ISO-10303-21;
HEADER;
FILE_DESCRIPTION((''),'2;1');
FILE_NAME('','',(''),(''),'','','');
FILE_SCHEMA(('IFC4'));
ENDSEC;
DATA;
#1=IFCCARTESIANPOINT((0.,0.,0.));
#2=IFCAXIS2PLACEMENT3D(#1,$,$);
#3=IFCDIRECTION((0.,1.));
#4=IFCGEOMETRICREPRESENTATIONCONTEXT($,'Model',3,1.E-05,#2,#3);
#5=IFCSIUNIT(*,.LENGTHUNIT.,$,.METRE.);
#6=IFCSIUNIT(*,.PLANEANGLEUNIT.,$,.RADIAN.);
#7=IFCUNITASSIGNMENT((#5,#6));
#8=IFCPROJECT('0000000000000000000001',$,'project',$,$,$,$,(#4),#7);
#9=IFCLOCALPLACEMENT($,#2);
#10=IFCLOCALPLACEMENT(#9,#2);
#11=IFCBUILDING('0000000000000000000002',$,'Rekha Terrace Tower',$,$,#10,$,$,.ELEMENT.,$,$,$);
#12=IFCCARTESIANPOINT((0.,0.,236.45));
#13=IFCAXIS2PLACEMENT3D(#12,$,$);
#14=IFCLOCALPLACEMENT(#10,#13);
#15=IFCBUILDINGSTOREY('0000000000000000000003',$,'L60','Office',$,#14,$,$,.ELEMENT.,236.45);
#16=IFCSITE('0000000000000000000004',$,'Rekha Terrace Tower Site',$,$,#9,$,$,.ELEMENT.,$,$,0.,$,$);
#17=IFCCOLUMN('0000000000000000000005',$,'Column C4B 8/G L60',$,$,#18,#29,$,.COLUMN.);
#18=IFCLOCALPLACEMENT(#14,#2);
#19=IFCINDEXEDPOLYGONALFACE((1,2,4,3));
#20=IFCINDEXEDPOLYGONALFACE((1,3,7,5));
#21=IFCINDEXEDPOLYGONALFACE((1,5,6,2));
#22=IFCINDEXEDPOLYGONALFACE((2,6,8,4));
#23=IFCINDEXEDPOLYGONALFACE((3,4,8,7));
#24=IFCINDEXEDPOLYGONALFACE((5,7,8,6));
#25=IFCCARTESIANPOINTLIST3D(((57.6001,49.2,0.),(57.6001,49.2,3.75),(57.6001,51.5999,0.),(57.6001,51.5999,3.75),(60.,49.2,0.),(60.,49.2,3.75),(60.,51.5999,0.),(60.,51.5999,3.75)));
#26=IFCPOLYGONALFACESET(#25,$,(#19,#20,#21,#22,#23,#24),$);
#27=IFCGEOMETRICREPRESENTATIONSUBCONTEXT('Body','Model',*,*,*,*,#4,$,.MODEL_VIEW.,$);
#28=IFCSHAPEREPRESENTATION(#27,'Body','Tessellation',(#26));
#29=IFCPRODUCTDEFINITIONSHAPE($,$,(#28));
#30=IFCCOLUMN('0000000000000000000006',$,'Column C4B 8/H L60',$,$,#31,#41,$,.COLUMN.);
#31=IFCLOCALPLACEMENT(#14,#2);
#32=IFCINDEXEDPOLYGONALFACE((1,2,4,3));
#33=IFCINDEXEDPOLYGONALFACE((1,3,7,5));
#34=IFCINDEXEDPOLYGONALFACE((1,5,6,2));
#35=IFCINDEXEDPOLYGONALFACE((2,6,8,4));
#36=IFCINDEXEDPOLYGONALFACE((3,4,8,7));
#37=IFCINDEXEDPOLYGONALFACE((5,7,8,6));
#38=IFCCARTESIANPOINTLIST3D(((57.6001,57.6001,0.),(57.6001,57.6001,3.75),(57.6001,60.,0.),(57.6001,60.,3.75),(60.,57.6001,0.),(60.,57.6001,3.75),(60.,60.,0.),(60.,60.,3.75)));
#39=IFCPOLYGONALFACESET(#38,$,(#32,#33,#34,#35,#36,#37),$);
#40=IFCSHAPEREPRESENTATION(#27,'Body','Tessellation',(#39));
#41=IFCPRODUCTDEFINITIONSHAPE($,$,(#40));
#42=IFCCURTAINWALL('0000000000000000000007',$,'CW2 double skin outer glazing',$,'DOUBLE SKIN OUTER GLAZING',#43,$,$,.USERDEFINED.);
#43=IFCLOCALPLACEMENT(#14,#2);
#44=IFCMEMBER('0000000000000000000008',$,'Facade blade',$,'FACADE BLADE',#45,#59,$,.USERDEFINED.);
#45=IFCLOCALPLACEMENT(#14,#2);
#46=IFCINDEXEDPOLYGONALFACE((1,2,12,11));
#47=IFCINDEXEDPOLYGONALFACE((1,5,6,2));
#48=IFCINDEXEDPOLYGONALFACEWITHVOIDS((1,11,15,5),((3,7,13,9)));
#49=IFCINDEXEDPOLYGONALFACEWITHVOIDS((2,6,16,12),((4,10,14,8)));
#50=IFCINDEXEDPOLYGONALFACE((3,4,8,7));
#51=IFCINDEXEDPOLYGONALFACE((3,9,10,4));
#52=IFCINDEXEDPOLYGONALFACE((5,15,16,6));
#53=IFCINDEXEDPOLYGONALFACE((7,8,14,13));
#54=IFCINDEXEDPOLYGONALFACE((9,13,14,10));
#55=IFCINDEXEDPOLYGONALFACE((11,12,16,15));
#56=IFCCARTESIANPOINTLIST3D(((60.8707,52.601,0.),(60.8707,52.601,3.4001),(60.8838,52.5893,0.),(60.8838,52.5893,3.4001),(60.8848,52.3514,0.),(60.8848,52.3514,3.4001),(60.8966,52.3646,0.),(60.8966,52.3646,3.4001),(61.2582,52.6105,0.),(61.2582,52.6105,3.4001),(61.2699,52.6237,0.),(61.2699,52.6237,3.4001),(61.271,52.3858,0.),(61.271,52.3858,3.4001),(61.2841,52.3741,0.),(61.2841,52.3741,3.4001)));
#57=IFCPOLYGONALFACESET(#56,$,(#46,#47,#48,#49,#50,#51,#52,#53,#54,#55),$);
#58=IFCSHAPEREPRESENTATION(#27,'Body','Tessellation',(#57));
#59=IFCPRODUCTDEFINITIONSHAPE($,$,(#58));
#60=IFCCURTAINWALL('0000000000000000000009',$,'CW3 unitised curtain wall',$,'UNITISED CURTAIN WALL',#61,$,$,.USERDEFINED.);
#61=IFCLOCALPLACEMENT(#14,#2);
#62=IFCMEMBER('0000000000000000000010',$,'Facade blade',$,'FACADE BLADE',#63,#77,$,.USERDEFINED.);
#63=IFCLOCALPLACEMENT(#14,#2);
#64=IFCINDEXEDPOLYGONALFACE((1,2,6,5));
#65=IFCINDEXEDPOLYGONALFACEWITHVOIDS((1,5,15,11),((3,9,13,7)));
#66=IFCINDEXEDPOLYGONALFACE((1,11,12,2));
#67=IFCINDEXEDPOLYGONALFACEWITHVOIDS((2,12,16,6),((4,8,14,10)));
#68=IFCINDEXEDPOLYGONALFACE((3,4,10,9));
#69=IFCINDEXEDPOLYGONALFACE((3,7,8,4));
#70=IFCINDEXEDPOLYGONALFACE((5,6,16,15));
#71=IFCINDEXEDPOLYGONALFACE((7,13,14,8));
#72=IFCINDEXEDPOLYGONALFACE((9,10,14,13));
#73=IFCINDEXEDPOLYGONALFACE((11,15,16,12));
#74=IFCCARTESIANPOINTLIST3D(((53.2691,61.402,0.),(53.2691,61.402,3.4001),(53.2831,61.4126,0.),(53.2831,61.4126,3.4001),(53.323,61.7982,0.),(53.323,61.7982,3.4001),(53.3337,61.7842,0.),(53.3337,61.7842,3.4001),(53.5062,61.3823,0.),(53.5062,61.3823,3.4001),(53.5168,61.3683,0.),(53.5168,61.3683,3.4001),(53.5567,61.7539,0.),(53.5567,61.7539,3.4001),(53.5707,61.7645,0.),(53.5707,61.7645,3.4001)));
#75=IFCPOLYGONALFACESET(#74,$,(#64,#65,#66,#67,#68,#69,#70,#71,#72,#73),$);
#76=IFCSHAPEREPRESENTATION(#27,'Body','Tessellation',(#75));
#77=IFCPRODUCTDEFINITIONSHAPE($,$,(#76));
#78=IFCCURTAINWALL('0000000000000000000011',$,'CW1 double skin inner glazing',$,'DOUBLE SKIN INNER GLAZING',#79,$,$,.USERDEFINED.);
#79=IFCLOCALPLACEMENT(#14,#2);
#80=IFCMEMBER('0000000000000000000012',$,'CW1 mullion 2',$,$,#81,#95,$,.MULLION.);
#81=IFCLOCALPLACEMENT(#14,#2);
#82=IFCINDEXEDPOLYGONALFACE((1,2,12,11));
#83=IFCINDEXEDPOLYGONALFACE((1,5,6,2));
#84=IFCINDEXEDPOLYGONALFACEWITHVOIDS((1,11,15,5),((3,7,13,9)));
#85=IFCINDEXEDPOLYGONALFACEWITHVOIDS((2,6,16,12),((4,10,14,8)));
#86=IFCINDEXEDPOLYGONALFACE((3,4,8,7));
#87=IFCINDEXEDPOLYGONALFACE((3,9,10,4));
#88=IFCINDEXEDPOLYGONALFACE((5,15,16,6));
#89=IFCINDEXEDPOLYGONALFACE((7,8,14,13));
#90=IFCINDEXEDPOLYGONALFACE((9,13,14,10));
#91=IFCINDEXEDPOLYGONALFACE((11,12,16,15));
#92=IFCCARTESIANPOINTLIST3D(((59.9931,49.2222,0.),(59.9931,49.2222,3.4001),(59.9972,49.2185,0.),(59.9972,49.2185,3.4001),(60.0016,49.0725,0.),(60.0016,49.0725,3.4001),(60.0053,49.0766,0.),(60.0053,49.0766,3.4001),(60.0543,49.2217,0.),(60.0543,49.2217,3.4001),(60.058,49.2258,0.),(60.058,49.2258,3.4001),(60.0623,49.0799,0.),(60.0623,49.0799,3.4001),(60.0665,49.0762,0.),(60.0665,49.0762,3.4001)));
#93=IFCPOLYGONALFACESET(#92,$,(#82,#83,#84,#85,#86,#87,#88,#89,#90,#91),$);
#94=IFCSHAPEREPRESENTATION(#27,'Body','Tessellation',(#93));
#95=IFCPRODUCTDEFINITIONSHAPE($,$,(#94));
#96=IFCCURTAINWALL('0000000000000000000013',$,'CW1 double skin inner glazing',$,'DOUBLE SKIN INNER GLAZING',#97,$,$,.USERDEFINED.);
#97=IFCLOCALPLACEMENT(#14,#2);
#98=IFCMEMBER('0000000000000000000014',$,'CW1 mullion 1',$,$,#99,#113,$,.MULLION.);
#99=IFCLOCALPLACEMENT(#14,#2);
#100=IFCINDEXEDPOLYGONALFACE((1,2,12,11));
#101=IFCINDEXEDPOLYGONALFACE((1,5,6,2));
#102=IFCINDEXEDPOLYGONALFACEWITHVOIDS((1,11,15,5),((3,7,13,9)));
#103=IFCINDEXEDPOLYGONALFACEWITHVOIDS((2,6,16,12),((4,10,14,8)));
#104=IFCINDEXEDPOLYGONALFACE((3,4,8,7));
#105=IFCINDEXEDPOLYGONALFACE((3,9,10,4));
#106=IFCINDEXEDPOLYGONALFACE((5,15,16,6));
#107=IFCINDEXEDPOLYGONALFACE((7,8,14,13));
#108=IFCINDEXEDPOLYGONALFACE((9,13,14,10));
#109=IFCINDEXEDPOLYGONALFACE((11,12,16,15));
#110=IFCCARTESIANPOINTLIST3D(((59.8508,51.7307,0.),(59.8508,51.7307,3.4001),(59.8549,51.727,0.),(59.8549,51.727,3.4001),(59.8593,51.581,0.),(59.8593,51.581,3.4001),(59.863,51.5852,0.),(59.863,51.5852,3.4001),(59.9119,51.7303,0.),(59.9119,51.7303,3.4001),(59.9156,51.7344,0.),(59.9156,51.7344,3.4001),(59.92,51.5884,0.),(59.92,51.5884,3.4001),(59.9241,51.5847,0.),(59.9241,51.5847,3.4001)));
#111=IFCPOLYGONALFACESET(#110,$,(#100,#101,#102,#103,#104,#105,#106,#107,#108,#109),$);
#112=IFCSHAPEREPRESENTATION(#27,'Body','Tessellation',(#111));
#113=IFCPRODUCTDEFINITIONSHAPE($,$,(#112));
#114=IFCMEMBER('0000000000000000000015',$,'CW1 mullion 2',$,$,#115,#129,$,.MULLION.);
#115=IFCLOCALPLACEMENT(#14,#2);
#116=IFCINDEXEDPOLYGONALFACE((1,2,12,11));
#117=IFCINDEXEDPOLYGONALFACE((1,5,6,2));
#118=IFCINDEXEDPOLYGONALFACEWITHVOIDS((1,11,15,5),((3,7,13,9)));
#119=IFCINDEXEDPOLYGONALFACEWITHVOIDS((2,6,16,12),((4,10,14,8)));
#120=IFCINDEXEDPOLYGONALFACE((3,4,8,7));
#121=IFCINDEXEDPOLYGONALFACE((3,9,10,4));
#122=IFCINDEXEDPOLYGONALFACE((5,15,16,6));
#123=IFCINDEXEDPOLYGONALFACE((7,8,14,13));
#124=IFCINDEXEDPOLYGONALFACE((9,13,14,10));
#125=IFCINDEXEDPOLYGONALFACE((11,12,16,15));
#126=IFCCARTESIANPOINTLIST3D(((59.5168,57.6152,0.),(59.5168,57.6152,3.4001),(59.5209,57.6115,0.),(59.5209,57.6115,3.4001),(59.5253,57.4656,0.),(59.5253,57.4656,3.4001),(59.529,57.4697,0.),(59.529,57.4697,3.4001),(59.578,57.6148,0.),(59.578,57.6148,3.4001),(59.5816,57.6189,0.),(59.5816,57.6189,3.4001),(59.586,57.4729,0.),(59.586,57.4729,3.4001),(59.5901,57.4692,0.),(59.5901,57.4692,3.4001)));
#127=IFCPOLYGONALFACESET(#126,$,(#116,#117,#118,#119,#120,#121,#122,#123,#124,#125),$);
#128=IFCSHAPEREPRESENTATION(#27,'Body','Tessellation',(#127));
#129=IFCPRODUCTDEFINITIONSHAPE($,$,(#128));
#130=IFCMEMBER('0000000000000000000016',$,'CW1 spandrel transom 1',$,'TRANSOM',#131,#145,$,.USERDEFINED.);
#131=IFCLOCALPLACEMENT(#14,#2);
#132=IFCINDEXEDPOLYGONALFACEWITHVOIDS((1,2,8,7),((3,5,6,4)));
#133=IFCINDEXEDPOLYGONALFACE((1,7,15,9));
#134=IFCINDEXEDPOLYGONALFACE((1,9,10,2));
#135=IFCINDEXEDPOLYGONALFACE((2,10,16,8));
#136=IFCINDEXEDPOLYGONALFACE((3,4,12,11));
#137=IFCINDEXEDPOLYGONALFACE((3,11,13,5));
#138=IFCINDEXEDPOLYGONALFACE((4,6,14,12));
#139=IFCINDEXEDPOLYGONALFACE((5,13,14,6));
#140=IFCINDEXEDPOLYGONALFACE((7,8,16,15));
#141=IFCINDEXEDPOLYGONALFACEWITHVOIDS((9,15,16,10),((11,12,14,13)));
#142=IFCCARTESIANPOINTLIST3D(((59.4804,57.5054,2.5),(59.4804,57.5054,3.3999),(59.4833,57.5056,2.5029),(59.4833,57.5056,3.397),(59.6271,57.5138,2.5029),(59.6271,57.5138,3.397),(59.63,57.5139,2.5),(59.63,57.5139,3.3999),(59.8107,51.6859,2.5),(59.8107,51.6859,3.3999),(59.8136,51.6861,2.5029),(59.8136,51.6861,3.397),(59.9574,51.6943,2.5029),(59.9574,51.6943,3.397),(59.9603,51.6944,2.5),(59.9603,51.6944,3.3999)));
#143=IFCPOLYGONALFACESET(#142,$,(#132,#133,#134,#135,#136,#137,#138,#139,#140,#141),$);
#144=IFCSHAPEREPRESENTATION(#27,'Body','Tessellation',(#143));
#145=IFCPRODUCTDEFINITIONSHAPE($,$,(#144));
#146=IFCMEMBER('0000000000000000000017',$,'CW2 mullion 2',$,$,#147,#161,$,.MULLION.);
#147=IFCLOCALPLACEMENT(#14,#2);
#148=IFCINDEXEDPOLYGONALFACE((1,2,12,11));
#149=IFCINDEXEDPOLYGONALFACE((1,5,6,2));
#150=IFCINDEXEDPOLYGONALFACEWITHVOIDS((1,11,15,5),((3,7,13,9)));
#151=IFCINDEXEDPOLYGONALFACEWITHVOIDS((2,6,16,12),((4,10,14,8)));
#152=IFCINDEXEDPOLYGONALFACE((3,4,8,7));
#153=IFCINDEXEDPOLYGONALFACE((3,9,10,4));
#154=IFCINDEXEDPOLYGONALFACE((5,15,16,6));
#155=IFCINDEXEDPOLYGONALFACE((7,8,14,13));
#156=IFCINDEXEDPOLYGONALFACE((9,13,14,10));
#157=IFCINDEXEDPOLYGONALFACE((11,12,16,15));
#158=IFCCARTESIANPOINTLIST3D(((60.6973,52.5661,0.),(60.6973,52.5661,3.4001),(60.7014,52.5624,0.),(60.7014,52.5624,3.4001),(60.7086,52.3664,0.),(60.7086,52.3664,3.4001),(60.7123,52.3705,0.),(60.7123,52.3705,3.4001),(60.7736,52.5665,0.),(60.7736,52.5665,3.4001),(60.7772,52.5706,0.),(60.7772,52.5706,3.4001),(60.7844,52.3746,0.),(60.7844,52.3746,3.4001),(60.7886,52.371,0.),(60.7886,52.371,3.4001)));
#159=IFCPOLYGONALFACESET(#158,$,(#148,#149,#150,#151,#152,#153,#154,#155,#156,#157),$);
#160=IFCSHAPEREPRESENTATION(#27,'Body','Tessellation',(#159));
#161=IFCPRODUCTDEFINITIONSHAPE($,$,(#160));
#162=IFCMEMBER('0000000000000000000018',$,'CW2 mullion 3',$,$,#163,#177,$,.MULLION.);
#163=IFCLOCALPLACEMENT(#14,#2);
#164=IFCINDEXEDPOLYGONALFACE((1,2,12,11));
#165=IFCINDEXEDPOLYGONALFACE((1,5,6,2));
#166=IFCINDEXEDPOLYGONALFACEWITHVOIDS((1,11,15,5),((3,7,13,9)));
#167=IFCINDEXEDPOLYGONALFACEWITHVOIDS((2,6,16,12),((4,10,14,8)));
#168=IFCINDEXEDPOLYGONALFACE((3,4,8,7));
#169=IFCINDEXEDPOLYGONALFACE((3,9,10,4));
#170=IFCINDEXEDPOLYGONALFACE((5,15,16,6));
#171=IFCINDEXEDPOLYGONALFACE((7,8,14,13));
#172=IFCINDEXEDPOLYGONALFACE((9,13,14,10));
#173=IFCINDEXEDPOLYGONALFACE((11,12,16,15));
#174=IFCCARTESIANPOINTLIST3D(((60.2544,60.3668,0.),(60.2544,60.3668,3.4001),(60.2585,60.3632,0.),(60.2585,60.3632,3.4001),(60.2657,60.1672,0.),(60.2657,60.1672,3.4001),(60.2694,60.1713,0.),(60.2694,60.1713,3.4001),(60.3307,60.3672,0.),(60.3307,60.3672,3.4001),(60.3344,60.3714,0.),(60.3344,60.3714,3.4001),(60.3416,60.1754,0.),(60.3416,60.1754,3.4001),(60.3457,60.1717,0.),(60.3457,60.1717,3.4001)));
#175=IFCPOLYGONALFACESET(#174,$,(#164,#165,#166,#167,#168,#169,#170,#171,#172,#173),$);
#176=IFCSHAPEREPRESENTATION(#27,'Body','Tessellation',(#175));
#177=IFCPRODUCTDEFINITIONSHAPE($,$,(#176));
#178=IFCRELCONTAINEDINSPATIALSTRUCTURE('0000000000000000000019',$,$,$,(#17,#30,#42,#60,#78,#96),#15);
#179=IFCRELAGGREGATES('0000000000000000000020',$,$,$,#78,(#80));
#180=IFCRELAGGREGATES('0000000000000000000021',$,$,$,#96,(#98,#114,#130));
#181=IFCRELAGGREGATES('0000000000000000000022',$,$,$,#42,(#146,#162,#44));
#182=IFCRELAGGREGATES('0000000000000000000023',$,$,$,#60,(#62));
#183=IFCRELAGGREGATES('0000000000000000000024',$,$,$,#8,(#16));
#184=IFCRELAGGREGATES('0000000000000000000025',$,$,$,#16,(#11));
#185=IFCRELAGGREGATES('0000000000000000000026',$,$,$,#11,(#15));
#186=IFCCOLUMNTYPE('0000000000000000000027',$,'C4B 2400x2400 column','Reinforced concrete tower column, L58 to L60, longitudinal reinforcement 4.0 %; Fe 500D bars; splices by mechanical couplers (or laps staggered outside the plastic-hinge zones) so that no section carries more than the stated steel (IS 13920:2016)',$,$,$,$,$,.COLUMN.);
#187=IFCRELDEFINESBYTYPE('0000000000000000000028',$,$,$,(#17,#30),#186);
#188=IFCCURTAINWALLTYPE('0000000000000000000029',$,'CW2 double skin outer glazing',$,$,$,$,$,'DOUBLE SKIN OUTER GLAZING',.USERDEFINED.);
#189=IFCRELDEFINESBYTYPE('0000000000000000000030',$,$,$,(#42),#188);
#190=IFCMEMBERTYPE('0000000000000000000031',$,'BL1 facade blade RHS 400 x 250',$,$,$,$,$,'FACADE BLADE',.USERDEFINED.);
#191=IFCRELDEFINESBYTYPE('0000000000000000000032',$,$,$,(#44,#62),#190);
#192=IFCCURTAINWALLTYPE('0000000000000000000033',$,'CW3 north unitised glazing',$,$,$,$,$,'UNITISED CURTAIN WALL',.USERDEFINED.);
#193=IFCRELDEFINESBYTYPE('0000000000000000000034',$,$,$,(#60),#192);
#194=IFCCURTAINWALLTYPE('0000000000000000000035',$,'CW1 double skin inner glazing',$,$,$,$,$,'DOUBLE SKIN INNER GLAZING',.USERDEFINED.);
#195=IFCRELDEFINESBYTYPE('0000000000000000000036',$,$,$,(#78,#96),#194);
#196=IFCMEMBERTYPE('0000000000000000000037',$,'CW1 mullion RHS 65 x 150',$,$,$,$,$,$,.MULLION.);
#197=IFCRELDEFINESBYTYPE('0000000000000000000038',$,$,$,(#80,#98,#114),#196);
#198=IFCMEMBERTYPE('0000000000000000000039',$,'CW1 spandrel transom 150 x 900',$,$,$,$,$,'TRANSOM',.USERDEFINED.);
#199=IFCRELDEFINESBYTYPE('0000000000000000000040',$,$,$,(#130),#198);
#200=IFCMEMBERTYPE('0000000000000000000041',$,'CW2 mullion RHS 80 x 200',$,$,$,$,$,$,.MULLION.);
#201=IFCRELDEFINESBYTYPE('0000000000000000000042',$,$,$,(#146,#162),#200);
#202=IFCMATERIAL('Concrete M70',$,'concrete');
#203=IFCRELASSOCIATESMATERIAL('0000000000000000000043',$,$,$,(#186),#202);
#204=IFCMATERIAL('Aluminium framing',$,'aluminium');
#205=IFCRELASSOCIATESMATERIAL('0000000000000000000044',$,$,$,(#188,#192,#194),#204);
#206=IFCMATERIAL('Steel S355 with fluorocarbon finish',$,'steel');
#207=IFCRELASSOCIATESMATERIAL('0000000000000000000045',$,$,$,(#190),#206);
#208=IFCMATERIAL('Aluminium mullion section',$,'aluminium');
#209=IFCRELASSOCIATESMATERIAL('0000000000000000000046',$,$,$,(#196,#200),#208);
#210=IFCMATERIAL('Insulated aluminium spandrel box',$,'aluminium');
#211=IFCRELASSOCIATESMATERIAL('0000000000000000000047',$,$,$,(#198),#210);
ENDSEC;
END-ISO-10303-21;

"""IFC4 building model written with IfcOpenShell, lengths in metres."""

from ifc_helpers import new_model, si_unit, direction, frame, origin, origin_2d, place, context, subcontext, project, spatial, rectangle, hollow_rectangle, extrude, material, material_profile, profile_set, type_object, element, aggregate, save


model = new_model("IFC4")

# Units and contexts
model_context = context("Model", 3, precision=1e-05, world=origin(), true_north=direction((0.0, 1.0)))
body_context = subcontext(model_context, "Body", "Model", "MODEL_VIEW")
ifc_project = project(units=[si_unit("LENGTHUNIT", "METRE"), si_unit("PLANEANGLEUNIT", "RADIAN")], contexts=[model_context])

# Site, building, storey
site_placement = place(None, origin())
site = spatial("IfcSite", under=ifc_project, at=site_placement, Name="Rekha Terrace Tower Site", CompositionType="ELEMENT", RefElevation=0.0)
building_placement = place(site_placement, origin())
building = spatial("IfcBuilding", under=site, at=building_placement, Name="Rekha Terrace Tower", CompositionType="ELEMENT")
storey_placement = place(building_placement, frame((0.0, 0.0, 236.45)))
storey = spatial("IfcBuildingStorey", under=building, at=storey_placement, Name="L60", Description="Office", CompositionType="ELEMENT", Elevation=236.45)

# Columns
ifc_material_1 = material(Name="Concrete M70", Category="concrete")
ifc_material_profile_1 = material_profile(ifc_material_1, rectangle(XDim=2.3999, YDim=2.3999, at=origin_2d()), Name="RC 2400x2400")
ifc_profile_set_1 = profile_set([ifc_material_profile_1], Name="Concrete M70")
column_type = type_object("IfcColumnType", Name="C4B 2400x2400 column", Description="Reinforced concrete tower column, L58 to L60, longitudinal reinforcement 4.0 %; Fe 500D bars; splices by mechanical couplers (or laps staggered outside the plastic-hinge zones) so that no section carries more than the stated steel (IS 13920:2016)", PredefinedType="COLUMN", material=ifc_profile_set_1)
for number, where, z_axis, x_axis, name in (
    (1, (58.8, 50.3999, 0.0), (0.0, 0.0, 1.0), (1.0, 0.0, 0.0), "Column C4B 8/G L60"),
    (2, (58.8, 58.8, 0.0), (0.0, 0.0, 1.0), (1.0, 0.0, 0.0), "Column C4B 8/H L60"),
):
    element("IfcColumn", number, at=place(storey_placement, frame(where, z_axis=z_axis, x_axis=x_axis)), inside=storey, type_object=column_type, Name=name, PredefinedType="COLUMN", context=body_context, shape_type="SweptSolid", body=[
        extrude(rectangle(XDim=2.3999, YDim=2.3999, at=origin_2d()), origin(), (0.0, 0.0, 1.0), 3.75),
    ])

# Curtain walls, members
ifc_material_2 = material(Name="Aluminium framing", Category="aluminium")
curtain_wall_type_1 = type_object("IfcCurtainWallType", Name="CW2 double skin outer glazing", ElementType="DOUBLE SKIN OUTER GLAZING", PredefinedType="USERDEFINED", material=ifc_material_2)
curtain_wall_1_placement = place(storey_placement, origin())
curtain_wall_1 = element("IfcCurtainWall", 3, at=curtain_wall_1_placement, inside=storey, type_object=curtain_wall_type_1, Name="CW2 double skin outer glazing", ObjectType="DOUBLE SKIN OUTER GLAZING", PredefinedType="USERDEFINED")
ifc_material_3 = material(Name="Steel S355 with fluorocarbon finish", Category="steel")
ifc_material_profile_2 = material_profile(ifc_material_3, hollow_rectangle(XDim=0.25, YDim=0.3999, WallThickness=0.0125, at=origin_2d()), Name="RHS400x250x12.5")
ifc_profile_set_2 = profile_set([ifc_material_profile_2], Name="Steel S355 with fluorocarbon finish")
member_type_1 = type_object("IfcMemberType", Name="BL1 facade blade RHS 400 x 250", ElementType="FACADE BLADE", PredefinedType="USERDEFINED", material=ifc_profile_set_2)
member_1_placement = place(storey_placement, frame((61.0774, 52.4875, 0.0), z_axis=(0.0, 0.0, 1.0), x_axis=(-0.056674, 0.998393, 0.0)))
member_1 = element("IfcMember", 4, at=member_1_placement, type_object=member_type_1, Name="Facade blade", ObjectType="FACADE BLADE", PredefinedType="USERDEFINED", context=body_context, shape_type="SweptSolid", body=[
    extrude(hollow_rectangle(XDim=0.25, YDim=0.3999, WallThickness=0.0125, at=origin_2d()), origin(), (0.0, 0.0, 1.0), 3.4001),
])
curtain_wall_type_2 = type_object("IfcCurtainWallType", Name="CW3 north unitised glazing", ElementType="UNITISED CURTAIN WALL", PredefinedType="USERDEFINED", material=ifc_material_2)
curtain_wall_2_placement = place(storey_placement, origin())
curtain_wall_2 = element("IfcCurtainWall", 5, at=curtain_wall_2_placement, inside=storey, type_object=curtain_wall_type_2, Name="CW3 unitised curtain wall", ObjectType="UNITISED CURTAIN WALL", PredefinedType="USERDEFINED")
member_2_placement = place(storey_placement, frame((53.4199, 61.5833, 0.0), z_axis=(0.0, 0.0, 1.0), x_axis=(-0.990867, 0.134841, 0.0)))
member_2 = element("IfcMember", 6, at=member_2_placement, type_object=member_type_1, Name="Facade blade", ObjectType="FACADE BLADE", PredefinedType="USERDEFINED", context=body_context, shape_type="SweptSolid", body=[
    extrude(hollow_rectangle(XDim=0.25, YDim=0.3999, WallThickness=0.0125, at=origin_2d()), origin(), (0.0, 0.0, 1.0), 3.4001),
])
curtain_wall_type_3 = type_object("IfcCurtainWallType", Name="CW1 double skin inner glazing", ElementType="DOUBLE SKIN INNER GLAZING", PredefinedType="USERDEFINED", material=ifc_material_2)
curtain_wall_3_placement = place(storey_placement, origin())
curtain_wall_3 = element("IfcCurtainWall", 7, at=curtain_wall_3_placement, inside=storey, type_object=curtain_wall_type_3, Name="CW1 double skin inner glazing", ObjectType="DOUBLE SKIN INNER GLAZING", PredefinedType="USERDEFINED")
ifc_material_4 = material(Name="Aluminium mullion section", Category="aluminium")
ifc_material_profile_3 = material_profile(ifc_material_4, hollow_rectangle(XDim=0.0649, YDim=0.1499, WallThickness=0.0039, at=origin_2d()), Name="AL RHS 65x150")
ifc_profile_set_3 = profile_set([ifc_material_profile_3], Name="Aluminium mullion section")
member_type_2 = type_object("IfcMemberType", Name="CW1 mullion RHS 65 x 150", PredefinedType="MULLION", material=ifc_profile_set_3)
member_3_placement = place(storey_placement, frame((60.0298, 49.1492, 0.0), z_axis=(0.0, 0.0, 1.0), x_axis=(-0.998393, -0.056673, 0.0)))
member_3 = element("IfcMember", 8, at=member_3_placement, type_object=member_type_2, Name="CW1 mullion 2", PredefinedType="MULLION", context=body_context, shape_type="SweptSolid", body=[
    extrude(hollow_rectangle(XDim=0.0649, YDim=0.1499, WallThickness=0.0039, at=origin_2d()), origin(), (0.0, 0.0, 1.0), 3.4001),
])
aggregate(curtain_wall_3, [member_3])

# Curtain wall, members
curtain_wall_4_placement = place(storey_placement, origin())
curtain_wall_4 = element("IfcCurtainWall", 9, at=curtain_wall_4_placement, inside=storey, type_object=curtain_wall_type_3, Name="CW1 double skin inner glazing", ObjectType="DOUBLE SKIN INNER GLAZING", PredefinedType="USERDEFINED")
member_4_placement = place(storey_placement, frame((59.8875, 51.6577, 0.0), z_axis=(0.0, 0.0, 1.0), x_axis=(-0.998393, -0.056673, 0.0)))
member_4 = element("IfcMember", 10, at=member_4_placement, type_object=member_type_2, Name="CW1 mullion 1", PredefinedType="MULLION", context=body_context, shape_type="SweptSolid", body=[
    extrude(hollow_rectangle(XDim=0.0649, YDim=0.1499, WallThickness=0.0039, at=origin_2d()), origin(), (0.0, 0.0, 1.0), 3.4001),
])
member_5_placement = place(storey_placement, frame((59.5535, 57.5422, 0.0), z_axis=(0.0, 0.0, 1.0), x_axis=(-0.998393, -0.056673, 0.0)))
member_5 = element("IfcMember", 11, at=member_5_placement, type_object=member_type_2, Name="CW1 mullion 2", PredefinedType="MULLION", context=body_context, shape_type="SweptSolid", body=[
    extrude(hollow_rectangle(XDim=0.0649, YDim=0.1499, WallThickness=0.0039, at=origin_2d()), origin(), (0.0, 0.0, 1.0), 3.4001),
])
ifc_material_5 = material(Name="Insulated aluminium spandrel box", Category="aluminium")
ifc_material_profile_4 = material_profile(ifc_material_5, hollow_rectangle(XDim=0.1499, YDim=0.8999, WallThickness=0.0029, at=origin_2d()), Name="AL SPANDREL BOX 150x900")
ifc_profile_set_4 = profile_set([ifc_material_profile_4], Name="Insulated aluminium spandrel box")
member_type_3 = type_object("IfcMemberType", Name="CW1 spandrel transom 150 x 900", ElementType="TRANSOM", PredefinedType="USERDEFINED", material=ifc_profile_set_4)
member_6_placement = place(storey_placement, frame((59.8855, 51.6902, 2.95), z_axis=(-0.056669, 0.998393, 0.0), x_axis=(-0.998393, -0.056669, 0.0)))
member_6 = element("IfcMember", 12, at=member_6_placement, type_object=member_type_3, Name="CW1 spandrel transom 1", ObjectType="TRANSOM", PredefinedType="USERDEFINED", context=body_context, shape_type="SweptSolid", body=[
    extrude(hollow_rectangle(XDim=0.1499, YDim=0.8999, WallThickness=0.0029, at=origin_2d()), origin(), (0.0, 0.0, 1.0), 5.8289),
])

# Members
ifc_material_profile_5 = material_profile(ifc_material_4, hollow_rectangle(XDim=0.0801, YDim=0.2, WallThickness=0.0039, at=origin_2d()), Name="AL RHS 80x200")
ifc_profile_set_5 = profile_set([ifc_material_profile_5], Name="Aluminium mullion section")
member_type_4 = type_object("IfcMemberType", Name="CW2 mullion RHS 80 x 200", PredefinedType="MULLION", material=ifc_profile_set_5)
member_7_placement = place(storey_placement, frame((60.7429, 52.4685, 0.0), z_axis=(0.0, 0.0, 1.0), x_axis=(-0.998393, -0.056673, 0.0)))
member_7 = element("IfcMember", 13, at=member_7_placement, type_object=member_type_4, Name="CW2 mullion 2", PredefinedType="MULLION", context=body_context, shape_type="SweptSolid", body=[
    extrude(hollow_rectangle(XDim=0.0801, YDim=0.2, WallThickness=0.0039, at=origin_2d()), origin(), (0.0, 0.0, 1.0), 3.4001),
])
member_8_placement = place(storey_placement, frame((60.3, 60.2693, 0.0), z_axis=(0.0, 0.0, 1.0), x_axis=(-0.998393, -0.056673, 0.0)))
member_8 = element("IfcMember", 14, at=member_8_placement, type_object=member_type_4, Name="CW2 mullion 3", PredefinedType="MULLION", context=body_context, shape_type="SweptSolid", body=[
    extrude(hollow_rectangle(XDim=0.0801, YDim=0.2, WallThickness=0.0039, at=origin_2d()), origin(), (0.0, 0.0, 1.0), 3.4001),
])

aggregate(curtain_wall_4, [member_4, member_5, member_6])
aggregate(curtain_wall_1, [member_7, member_8, member_1])
aggregate(curtain_wall_2, [member_2])

save(model, "model.ifc")
